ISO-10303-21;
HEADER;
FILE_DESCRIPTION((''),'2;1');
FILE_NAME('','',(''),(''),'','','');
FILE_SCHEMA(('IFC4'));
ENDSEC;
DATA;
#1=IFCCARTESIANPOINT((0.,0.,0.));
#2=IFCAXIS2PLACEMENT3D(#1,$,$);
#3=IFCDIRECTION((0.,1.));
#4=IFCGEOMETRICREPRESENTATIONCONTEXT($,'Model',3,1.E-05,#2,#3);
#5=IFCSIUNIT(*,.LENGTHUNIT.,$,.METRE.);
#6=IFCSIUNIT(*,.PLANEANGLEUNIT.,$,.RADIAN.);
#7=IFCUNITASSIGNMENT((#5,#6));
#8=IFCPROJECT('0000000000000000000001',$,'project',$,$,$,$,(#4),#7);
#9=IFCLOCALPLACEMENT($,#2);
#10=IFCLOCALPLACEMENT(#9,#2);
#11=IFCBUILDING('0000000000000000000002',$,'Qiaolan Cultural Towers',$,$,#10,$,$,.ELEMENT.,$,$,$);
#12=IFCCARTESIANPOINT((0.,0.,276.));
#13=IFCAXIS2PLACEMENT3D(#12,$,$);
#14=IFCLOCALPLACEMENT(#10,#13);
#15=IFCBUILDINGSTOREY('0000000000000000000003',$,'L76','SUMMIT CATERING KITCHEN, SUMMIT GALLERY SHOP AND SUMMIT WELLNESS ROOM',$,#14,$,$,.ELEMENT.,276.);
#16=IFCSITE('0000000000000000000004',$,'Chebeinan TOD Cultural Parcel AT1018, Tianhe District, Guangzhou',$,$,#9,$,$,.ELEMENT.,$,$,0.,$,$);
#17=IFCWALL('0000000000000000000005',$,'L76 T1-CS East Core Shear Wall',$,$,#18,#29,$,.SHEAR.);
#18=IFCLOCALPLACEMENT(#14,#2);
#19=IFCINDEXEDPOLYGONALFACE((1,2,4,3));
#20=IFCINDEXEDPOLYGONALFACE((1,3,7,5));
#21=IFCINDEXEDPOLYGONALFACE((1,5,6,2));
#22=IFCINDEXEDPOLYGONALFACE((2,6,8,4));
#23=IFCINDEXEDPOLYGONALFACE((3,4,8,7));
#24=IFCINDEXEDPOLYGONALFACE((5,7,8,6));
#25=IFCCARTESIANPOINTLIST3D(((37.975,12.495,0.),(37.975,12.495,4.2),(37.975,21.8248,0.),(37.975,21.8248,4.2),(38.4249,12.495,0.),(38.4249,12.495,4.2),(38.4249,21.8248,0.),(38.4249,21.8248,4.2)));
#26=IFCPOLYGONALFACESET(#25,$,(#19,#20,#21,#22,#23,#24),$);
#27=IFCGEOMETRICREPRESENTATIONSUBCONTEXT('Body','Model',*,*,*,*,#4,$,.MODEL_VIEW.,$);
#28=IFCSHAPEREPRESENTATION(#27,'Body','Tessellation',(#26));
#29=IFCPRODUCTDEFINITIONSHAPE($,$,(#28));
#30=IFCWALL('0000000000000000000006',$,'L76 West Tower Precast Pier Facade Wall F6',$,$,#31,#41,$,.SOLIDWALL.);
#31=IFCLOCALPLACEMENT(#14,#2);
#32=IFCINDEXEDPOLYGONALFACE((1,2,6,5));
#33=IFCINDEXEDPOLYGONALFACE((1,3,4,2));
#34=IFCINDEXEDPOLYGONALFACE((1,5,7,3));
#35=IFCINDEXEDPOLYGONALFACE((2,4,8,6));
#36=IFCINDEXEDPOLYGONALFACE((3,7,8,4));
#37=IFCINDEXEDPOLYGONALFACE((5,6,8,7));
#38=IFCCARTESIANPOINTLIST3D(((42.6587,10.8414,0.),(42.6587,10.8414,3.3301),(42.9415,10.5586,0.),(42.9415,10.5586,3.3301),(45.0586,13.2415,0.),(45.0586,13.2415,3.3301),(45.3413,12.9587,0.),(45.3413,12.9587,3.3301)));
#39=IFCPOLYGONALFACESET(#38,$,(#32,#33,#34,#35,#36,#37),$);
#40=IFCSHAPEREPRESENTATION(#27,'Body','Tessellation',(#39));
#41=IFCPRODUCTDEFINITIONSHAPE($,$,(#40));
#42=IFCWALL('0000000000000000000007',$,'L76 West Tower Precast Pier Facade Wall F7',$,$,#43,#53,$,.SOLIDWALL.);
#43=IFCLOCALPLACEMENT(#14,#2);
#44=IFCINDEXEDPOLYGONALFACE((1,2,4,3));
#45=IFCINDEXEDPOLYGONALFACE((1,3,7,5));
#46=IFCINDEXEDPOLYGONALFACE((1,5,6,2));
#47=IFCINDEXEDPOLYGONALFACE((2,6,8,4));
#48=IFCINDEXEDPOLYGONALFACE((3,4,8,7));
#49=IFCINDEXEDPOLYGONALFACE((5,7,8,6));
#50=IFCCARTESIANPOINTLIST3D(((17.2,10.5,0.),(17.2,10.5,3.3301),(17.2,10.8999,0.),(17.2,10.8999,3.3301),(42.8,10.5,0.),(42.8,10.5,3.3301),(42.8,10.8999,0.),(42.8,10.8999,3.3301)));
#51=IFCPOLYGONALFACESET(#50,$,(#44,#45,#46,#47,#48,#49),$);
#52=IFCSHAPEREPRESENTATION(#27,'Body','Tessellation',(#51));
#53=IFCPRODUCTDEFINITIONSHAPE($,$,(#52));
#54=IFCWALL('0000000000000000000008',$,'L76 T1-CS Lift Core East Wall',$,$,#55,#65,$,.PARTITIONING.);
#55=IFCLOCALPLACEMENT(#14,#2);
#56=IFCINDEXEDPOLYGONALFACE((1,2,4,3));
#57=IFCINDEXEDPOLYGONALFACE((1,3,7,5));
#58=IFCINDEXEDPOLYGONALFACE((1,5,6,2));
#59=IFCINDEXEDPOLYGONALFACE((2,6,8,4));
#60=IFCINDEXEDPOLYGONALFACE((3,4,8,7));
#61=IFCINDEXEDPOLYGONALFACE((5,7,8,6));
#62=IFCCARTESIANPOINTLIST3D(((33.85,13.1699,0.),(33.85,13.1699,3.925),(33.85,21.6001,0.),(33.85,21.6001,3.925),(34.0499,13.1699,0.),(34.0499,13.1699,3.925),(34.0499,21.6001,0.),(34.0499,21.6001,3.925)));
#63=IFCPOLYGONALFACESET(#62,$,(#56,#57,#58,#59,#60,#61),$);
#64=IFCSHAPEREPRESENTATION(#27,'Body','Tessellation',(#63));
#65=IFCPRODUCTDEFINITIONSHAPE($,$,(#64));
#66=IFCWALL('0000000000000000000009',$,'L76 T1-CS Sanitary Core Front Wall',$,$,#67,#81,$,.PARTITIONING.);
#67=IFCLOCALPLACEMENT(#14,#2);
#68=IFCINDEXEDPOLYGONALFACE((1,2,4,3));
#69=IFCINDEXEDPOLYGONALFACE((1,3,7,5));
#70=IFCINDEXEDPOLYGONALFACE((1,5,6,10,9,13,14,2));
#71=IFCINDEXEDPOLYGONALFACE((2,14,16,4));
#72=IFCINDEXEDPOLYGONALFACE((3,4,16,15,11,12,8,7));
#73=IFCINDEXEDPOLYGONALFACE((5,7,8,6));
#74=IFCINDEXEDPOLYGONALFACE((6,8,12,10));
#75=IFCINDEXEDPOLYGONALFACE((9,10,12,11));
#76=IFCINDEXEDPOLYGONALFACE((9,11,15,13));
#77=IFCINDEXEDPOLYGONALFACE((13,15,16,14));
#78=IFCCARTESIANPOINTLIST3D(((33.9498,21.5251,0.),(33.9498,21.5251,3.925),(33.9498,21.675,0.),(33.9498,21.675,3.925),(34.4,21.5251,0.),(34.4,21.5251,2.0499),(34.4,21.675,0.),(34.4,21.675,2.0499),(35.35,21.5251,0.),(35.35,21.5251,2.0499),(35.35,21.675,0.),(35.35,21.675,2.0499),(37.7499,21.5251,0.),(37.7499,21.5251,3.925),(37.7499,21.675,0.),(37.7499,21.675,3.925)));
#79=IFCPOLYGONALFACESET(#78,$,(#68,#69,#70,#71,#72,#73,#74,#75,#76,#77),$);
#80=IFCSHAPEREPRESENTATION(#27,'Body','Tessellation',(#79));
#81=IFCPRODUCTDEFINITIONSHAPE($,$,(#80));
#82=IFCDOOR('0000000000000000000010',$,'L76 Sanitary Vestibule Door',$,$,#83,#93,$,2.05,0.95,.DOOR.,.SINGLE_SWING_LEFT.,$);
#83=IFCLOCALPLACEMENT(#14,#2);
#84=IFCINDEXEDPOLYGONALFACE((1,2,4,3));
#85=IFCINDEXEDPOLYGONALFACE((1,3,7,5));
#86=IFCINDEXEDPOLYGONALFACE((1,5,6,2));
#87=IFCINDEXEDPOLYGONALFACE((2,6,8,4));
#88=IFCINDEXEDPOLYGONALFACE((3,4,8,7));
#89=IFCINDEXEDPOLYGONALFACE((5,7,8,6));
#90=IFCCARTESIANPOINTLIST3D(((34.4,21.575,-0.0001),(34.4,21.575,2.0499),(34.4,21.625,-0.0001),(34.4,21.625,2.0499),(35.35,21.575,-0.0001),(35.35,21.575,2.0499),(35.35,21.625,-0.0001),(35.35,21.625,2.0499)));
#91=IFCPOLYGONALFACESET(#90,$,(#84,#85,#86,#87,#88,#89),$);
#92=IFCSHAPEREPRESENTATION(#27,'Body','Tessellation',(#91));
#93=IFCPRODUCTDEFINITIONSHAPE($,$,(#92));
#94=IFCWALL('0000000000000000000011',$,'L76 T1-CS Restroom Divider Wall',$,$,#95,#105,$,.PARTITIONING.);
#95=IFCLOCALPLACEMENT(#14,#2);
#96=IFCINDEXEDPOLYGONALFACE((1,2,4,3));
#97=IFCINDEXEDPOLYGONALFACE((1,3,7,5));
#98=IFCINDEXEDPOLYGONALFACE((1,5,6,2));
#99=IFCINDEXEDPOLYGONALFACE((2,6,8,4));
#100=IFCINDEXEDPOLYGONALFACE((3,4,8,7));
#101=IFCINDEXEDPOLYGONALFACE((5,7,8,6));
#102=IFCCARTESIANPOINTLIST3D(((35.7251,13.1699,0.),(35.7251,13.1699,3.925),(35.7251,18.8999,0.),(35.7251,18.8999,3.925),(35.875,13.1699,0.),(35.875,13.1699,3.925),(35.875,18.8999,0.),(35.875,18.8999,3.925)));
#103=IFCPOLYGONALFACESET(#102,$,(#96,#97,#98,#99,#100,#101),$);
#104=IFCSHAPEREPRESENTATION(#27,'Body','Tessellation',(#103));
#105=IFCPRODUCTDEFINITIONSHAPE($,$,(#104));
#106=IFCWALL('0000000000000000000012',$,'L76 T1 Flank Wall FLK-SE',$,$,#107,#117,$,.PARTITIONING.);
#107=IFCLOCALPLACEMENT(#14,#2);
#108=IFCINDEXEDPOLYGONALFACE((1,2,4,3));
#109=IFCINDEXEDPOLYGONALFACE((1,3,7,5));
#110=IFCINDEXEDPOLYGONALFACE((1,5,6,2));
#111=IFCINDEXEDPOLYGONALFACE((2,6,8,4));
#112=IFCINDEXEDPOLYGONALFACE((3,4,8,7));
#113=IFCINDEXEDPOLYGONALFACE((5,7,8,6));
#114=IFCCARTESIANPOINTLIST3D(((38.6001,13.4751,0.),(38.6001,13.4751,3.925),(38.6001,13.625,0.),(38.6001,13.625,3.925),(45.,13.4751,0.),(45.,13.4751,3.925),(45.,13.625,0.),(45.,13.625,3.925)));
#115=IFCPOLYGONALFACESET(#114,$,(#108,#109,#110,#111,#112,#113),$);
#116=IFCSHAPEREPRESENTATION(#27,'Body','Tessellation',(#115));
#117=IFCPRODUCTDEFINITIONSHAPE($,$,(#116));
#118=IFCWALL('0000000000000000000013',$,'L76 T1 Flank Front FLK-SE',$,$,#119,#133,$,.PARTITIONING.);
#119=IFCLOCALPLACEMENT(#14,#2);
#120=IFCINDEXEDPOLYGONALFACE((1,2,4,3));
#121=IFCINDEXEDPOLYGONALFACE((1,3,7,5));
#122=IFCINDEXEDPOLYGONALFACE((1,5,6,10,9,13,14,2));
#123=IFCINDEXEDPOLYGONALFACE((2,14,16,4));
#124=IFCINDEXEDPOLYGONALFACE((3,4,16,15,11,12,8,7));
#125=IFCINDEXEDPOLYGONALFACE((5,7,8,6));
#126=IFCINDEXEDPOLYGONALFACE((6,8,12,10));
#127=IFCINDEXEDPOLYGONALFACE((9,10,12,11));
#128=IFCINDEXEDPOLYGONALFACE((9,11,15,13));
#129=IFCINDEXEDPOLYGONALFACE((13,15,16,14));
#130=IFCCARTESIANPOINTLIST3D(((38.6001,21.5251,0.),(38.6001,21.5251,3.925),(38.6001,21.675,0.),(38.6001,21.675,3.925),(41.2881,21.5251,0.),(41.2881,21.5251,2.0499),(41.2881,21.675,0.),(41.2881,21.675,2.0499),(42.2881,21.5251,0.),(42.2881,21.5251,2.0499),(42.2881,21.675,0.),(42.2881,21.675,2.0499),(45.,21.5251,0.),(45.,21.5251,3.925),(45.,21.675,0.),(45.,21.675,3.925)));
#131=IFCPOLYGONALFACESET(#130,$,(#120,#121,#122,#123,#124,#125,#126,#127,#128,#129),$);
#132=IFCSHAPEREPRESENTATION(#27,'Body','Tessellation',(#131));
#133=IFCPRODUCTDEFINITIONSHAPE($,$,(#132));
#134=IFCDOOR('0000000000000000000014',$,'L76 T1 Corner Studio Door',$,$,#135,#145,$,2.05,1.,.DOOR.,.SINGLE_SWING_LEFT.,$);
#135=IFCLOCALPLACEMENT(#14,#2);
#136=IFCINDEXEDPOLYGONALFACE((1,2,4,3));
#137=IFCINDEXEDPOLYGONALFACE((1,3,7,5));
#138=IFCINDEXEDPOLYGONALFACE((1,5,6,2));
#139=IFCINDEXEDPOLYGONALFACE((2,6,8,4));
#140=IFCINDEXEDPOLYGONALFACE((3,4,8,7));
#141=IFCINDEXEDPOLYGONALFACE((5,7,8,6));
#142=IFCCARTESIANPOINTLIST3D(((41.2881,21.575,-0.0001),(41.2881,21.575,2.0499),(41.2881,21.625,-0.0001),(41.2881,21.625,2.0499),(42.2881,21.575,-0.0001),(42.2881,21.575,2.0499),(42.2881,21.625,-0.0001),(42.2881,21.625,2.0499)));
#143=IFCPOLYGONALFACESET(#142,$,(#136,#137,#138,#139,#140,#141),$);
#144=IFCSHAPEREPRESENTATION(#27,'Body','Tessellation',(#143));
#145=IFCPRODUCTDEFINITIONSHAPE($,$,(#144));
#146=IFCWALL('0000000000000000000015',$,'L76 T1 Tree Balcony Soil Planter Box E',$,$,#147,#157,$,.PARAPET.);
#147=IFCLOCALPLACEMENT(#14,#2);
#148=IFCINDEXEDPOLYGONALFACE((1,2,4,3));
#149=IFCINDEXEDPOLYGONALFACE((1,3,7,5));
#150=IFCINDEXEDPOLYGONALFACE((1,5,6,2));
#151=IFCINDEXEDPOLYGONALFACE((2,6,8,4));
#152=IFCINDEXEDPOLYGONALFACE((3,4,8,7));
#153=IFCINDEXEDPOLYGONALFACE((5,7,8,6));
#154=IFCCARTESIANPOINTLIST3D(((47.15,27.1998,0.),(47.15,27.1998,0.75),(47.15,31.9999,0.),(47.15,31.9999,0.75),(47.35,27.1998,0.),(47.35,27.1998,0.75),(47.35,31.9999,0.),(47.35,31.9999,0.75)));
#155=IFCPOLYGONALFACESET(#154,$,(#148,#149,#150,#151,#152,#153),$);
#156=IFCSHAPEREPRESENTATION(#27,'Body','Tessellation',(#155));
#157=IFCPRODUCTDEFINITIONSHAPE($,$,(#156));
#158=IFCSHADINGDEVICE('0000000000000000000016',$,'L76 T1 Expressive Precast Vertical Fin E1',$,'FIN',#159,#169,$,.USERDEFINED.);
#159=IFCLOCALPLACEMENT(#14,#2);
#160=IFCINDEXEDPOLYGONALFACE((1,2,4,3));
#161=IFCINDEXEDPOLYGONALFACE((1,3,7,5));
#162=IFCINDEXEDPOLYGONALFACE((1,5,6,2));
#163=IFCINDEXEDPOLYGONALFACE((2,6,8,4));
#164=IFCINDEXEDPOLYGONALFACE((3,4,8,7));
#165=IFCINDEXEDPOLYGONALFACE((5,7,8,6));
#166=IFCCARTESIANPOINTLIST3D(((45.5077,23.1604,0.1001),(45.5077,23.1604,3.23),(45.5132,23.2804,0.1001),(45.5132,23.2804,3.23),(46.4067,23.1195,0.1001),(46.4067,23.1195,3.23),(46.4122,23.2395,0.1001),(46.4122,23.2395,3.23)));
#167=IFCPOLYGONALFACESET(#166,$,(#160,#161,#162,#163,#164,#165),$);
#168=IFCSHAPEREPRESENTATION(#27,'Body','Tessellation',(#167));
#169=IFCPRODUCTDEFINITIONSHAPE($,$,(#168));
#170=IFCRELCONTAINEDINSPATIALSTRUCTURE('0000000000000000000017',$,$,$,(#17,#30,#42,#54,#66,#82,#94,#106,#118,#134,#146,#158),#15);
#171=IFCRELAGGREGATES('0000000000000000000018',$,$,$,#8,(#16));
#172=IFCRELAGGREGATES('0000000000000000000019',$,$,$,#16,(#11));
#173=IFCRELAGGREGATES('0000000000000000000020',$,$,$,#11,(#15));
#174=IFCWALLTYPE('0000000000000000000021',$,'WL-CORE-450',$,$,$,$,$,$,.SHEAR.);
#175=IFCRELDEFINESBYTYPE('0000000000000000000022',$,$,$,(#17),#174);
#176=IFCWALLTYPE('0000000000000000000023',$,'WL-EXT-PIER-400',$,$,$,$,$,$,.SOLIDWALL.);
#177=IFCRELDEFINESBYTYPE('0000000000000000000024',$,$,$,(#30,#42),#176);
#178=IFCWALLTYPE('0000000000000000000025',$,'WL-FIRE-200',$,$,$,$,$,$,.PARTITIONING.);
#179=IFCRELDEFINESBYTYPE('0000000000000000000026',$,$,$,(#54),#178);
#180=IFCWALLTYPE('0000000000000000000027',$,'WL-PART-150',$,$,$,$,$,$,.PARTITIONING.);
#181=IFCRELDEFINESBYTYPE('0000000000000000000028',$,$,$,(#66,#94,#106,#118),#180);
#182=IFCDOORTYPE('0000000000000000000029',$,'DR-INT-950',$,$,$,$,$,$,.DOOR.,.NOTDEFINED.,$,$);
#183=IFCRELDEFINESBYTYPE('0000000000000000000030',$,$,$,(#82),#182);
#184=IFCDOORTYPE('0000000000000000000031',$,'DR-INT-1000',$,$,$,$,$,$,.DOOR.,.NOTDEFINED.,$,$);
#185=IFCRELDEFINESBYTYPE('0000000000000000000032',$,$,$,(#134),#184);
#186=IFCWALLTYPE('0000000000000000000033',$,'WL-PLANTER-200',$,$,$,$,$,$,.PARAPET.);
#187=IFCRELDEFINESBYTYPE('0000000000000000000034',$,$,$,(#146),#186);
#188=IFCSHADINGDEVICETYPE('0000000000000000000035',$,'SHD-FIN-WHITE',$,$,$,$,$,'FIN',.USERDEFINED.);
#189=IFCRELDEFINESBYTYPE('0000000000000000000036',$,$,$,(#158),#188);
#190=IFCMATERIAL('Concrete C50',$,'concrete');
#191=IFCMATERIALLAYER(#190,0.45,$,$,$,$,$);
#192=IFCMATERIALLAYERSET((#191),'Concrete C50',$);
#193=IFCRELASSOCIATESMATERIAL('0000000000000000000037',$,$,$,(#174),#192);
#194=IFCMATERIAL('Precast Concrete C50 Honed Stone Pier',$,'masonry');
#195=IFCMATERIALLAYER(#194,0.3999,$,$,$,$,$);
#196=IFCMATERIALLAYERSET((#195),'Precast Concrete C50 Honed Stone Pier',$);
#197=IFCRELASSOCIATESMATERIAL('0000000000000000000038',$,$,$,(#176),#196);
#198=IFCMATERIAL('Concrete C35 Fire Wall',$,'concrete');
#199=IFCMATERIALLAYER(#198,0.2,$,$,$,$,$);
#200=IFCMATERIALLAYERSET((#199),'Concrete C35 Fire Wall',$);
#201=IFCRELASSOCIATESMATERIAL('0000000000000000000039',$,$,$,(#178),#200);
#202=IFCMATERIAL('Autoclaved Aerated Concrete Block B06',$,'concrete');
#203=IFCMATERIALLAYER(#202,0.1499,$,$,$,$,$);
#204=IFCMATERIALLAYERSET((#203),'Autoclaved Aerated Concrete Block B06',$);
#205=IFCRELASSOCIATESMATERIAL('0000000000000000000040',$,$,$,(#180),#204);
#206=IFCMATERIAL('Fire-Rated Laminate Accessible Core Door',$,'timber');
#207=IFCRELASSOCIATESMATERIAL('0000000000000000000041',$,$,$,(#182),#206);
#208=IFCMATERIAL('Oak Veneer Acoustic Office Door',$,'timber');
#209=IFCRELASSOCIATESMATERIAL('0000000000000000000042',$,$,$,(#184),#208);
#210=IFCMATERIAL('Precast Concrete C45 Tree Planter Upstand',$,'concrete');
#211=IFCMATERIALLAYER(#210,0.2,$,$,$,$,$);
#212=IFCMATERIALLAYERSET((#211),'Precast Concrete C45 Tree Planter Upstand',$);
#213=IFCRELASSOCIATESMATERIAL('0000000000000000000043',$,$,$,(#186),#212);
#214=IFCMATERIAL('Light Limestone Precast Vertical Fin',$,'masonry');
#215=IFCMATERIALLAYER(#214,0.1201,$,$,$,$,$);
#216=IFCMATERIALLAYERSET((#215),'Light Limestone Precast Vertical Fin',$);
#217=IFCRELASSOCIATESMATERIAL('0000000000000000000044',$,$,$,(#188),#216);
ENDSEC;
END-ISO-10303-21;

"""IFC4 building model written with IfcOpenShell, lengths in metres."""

from ifc_helpers import new_model, si_unit, direction, frame, frame_2d, origin, origin_2d, place, context, subcontext, project, spatial, rectangle, extrude, material, layer, layer_set, type_object, element, fill, save


model = new_model("IFC4")

# Units and contexts
model_context = context("Model", 3, precision=1e-05, world=origin(), true_north=direction((0.0, 1.0)))
body_context = subcontext(model_context, "Body", "Model", "MODEL_VIEW")
ifc_project = project(units=[si_unit("LENGTHUNIT", "METRE"), si_unit("PLANEANGLEUNIT", "RADIAN")], contexts=[model_context])

# Site, building, storey
site_placement = place(None, origin())
site = spatial("IfcSite", under=ifc_project, at=site_placement, Name="Chebeinan TOD Cultural Parcel AT1018, Tianhe District, Guangzhou", CompositionType="ELEMENT", RefElevation=0.0)
building_placement = place(site_placement, origin())
building = spatial("IfcBuilding", under=site, at=building_placement, Name="Qiaolan Cultural Towers", CompositionType="ELEMENT")
storey_placement = place(building_placement, frame((0.0, 0.0, 276.0)))
storey = spatial("IfcBuildingStorey", under=building, at=storey_placement, Name="L76", Description="SUMMIT CATERING KITCHEN, SUMMIT GALLERY SHOP AND SUMMIT WELLNESS ROOM", CompositionType="ELEMENT", Elevation=276.0)

# Walls
ifc_material_1 = material(Name="Concrete C50", Category="concrete")
ifc_layer_1 = layer(ifc_material_1, 0.45)
ifc_layer_set_1 = layer_set([ifc_layer_1], Name="Concrete C50")
wall_type_1 = type_object("IfcWallType", Name="WL-CORE-450", PredefinedType="SHEAR", material=ifc_layer_set_1)
wall_1_placement = place(storey_placement, frame((38.2, 21.825, 0.0), z_axis=(0.0, 0.0, 1.0), x_axis=(0.0, -1.0, 0.0)))
element("IfcWall", 1, at=wall_1_placement, inside=storey, type_object=wall_type_1, Name="L76 T1-CS East Core Shear Wall", PredefinedType="SHEAR", context=body_context, shape_type="SweptSolid", body=[
    extrude(rectangle(XDim=9.3298, YDim=0.45, at=frame_2d((4.665, 0.0))), origin(), (0.0, 0.0, 1.0), 4.2),
])
ifc_material_2 = material(Name="Precast Concrete C50 Honed Stone Pier", Category="masonry")
ifc_layer_2 = layer(ifc_material_2, 0.3999)
ifc_layer_set_2 = layer_set([ifc_layer_2], Name="Precast Concrete C50 Honed Stone Pier")
wall_type_2 = type_object("IfcWallType", Name="WL-EXT-PIER-400", PredefinedType="SOLIDWALL", material=ifc_layer_set_2)
wall_2_placement = place(storey_placement, frame((45.2, 13.1001, 0.0), z_axis=(0.0, 0.0, 1.0), x_axis=(-0.707071, -0.707143, 0.0)))
element("IfcWall", 2, at=wall_2_placement, inside=storey, type_object=wall_type_2, Name="L76 West Tower Precast Pier Facade Wall F6", PredefinedType="SOLIDWALL", context=body_context, shape_type="SweptSolid", body=[
    extrude(rectangle(XDim=3.394, YDim=0.3999, at=frame_2d((1.697, 0.0))), origin(), (0.0, 0.0, 1.0), 3.3301),
])
wall_3_placement = place(storey_placement, frame((42.8, 10.7, 0.0), z_axis=(0.0, 0.0, 1.0), x_axis=(-1.0, 0.0, 0.0)))
element("IfcWall", 3, at=wall_3_placement, inside=storey, type_object=wall_type_2, Name="L76 West Tower Precast Pier Facade Wall F7", PredefinedType="SOLIDWALL", context=body_context, shape_type="SweptSolid", body=[
    extrude(rectangle(XDim=25.6001, YDim=0.3999, at=frame_2d((12.8, 0.0))), origin(), (0.0, 0.0, 1.0), 3.3301),
])
ifc_material_3 = material(Name="Concrete C35 Fire Wall", Category="concrete")
ifc_layer_3 = layer(ifc_material_3, 0.2)
ifc_layer_set_3 = layer_set([ifc_layer_3], Name="Concrete C35 Fire Wall")
wall_type_3 = type_object("IfcWallType", Name="WL-FIRE-200", PredefinedType="PARTITIONING", material=ifc_layer_set_3)
wall_4_placement = place(storey_placement, frame((33.95, 21.6001, 0.0), z_axis=(0.0, 0.0, 1.0), x_axis=(0.0, -1.0, 0.0)))
element("IfcWall", 4, at=wall_4_placement, inside=storey, type_object=wall_type_3, Name="L76 T1-CS Lift Core East Wall", PredefinedType="PARTITIONING", context=body_context, shape_type="SweptSolid", body=[
    extrude(rectangle(XDim=8.4302, YDim=0.2, at=frame_2d((4.2151, 0.0))), origin(), (0.0, 0.0, 1.0), 3.925),
])

# Wall, opening, door
ifc_material_4 = material(Name="Autoclaved Aerated Concrete Block B06", Category="concrete")
ifc_layer_4 = layer(ifc_material_4, 0.1499)
ifc_layer_set_4 = layer_set([ifc_layer_4], Name="Autoclaved Aerated Concrete Block B06")
wall_type_4 = type_object("IfcWallType", Name="WL-PART-150", PredefinedType="PARTITIONING", material=ifc_layer_set_4)
wall_5_placement = place(storey_placement, frame((33.95, 21.6001, 0.0), z_axis=(0.0, 0.0, 1.0), x_axis=(1.0, 0.0, 0.0)))
wall_5 = element("IfcWall", 5, at=wall_5_placement, inside=storey, type_object=wall_type_4, Name="L76 T1-CS Sanitary Core Front Wall", PredefinedType="PARTITIONING", context=body_context, shape_type="SweptSolid", body=[
    extrude(rectangle(XDim=3.8, YDim=0.1499, at=frame_2d((1.8999, 0.0))), origin(), (0.0, 0.0, 1.0), 3.925),
])
opening_1_placement = place(wall_5_placement, frame((0.45, 0.0, 0.0)))
opening_1 = element("IfcOpeningElement", 6, at=opening_1_placement, cuts=wall_5, PredefinedType="OPENING", context=body_context, shape_type="SweptSolid", body=[
    extrude(rectangle(XDim=0.95, YDim=2.05, at=frame_2d((0.4751, 1.0249))), frame((0.0, 0.085, 0.0), z_axis=(0.0, -1.0, 0.0), x_axis=(1.0, 0.0, 0.0)), (0.0, 0.0, 1.0), 0.1699),
])
ifc_material_5 = material(Name="Fire-Rated Laminate Accessible Core Door", Category="timber")
door_type_1 = type_object("IfcDoorType", Name="DR-INT-950", OperationType="NOTDEFINED", PredefinedType="DOOR", material=ifc_material_5)
door_1_placement = place(opening_1_placement, origin())
door_1 = element("IfcDoor", 7, at=door_1_placement, inside=storey, type_object=door_type_1, Name="L76 Sanitary Vestibule Door", OperationType="SINGLE_SWING_LEFT", OverallHeight=2.05, OverallWidth=0.95, PredefinedType="DOOR", context=body_context, shape_type="SweptSolid", body=[
    extrude(rectangle(XDim=0.95, YDim=2.05, at=frame_2d((0.4751, 1.0249))), frame((0.0, 0.0249, 0.0), z_axis=(0.0, -1.0, 0.0), x_axis=(1.0, 0.0, 0.0)), (0.0, 0.0, 1.0), 0.05),
])
fill(opening_1, door_1)

# Walls
wall_6_placement = place(storey_placement, frame((35.8, 18.8999, 0.0), z_axis=(0.0, 0.0, 1.0), x_axis=(0.0, -1.0, 0.0)))
element("IfcWall", 8, at=wall_6_placement, inside=storey, type_object=wall_type_4, Name="L76 T1-CS Restroom Divider Wall", PredefinedType="PARTITIONING", context=body_context, shape_type="SweptSolid", body=[
    extrude(rectangle(XDim=5.73, YDim=0.1499, at=frame_2d((2.865, 0.0))), origin(), (0.0, 0.0, 1.0), 3.925),
])
wall_7_placement = place(storey_placement, frame((38.6001, 13.55, 0.0), z_axis=(0.0, 0.0, 1.0), x_axis=(1.0, 0.0, 0.0)))
element("IfcWall", 9, at=wall_7_placement, inside=storey, type_object=wall_type_4, Name="L76 T1 Flank Wall FLK-SE", PredefinedType="PARTITIONING", context=body_context, shape_type="SweptSolid", body=[
    extrude(rectangle(XDim=6.3999, YDim=0.1499, at=frame_2d((3.2, 0.0))), origin(), (0.0, 0.0, 1.0), 3.925),
])

# Wall, opening, door
wall_8_placement = place(storey_placement, frame((38.6001, 21.6001, 0.0), z_axis=(0.0, 0.0, 1.0), x_axis=(1.0, 0.0, 0.0)))
wall_8 = element("IfcWall", 10, at=wall_8_placement, inside=storey, type_object=wall_type_4, Name="L76 T1 Flank Front FLK-SE", PredefinedType="PARTITIONING", context=body_context, shape_type="SweptSolid", body=[
    extrude(rectangle(XDim=6.3999, YDim=0.1499, at=frame_2d((3.2, 0.0))), origin(), (0.0, 0.0, 1.0), 3.925),
])
opening_2_placement = place(wall_8_placement, frame((2.688, 0.0, 0.0)))
opening_2 = element("IfcOpeningElement", 11, at=opening_2_placement, cuts=wall_8, PredefinedType="OPENING", context=body_context, shape_type="SweptSolid", body=[
    extrude(rectangle(XDim=1.0, YDim=2.05, at=frame_2d((0.5, 1.0249))), frame((0.0, 0.085, 0.0), z_axis=(0.0, -1.0, 0.0), x_axis=(1.0, 0.0, 0.0)), (0.0, 0.0, 1.0), 0.1699),
])
ifc_material_6 = material(Name="Oak Veneer Acoustic Office Door", Category="timber")
door_type_2 = type_object("IfcDoorType", Name="DR-INT-1000", OperationType="NOTDEFINED", PredefinedType="DOOR", material=ifc_material_6)
door_2_placement = place(opening_2_placement, origin())
door_2 = element("IfcDoor", 12, at=door_2_placement, inside=storey, type_object=door_type_2, Name="L76 T1 Corner Studio Door", OperationType="SINGLE_SWING_LEFT", OverallHeight=2.05, OverallWidth=1.0, PredefinedType="DOOR", context=body_context, shape_type="SweptSolid", body=[
    extrude(rectangle(XDim=1.0, YDim=2.05, at=frame_2d((0.5, 1.0249))), frame((0.0, 0.0249, 0.0), z_axis=(0.0, -1.0, 0.0), x_axis=(1.0, 0.0, 0.0)), (0.0, 0.0, 1.0), 0.05),
])
fill(opening_2, door_2)

# Wall
ifc_material_7 = material(Name="Precast Concrete C45 Tree Planter Upstand", Category="concrete")
ifc_layer_5 = layer(ifc_material_7, 0.2)
ifc_layer_set_5 = layer_set([ifc_layer_5], Name="Precast Concrete C45 Tree Planter Upstand")
wall_type_5 = type_object("IfcWallType", Name="WL-PLANTER-200", PredefinedType="PARAPET", material=ifc_layer_set_5)
wall_9_placement = place(storey_placement, frame((47.25, 27.2, 0.0), z_axis=(0.0, 0.0, 1.0), x_axis=(0.0, 1.0, 0.0)))
element("IfcWall", 13, at=wall_9_placement, inside=storey, type_object=wall_type_5, Name="L76 T1 Tree Balcony Soil Planter Box E", PredefinedType="PARAPET", context=body_context, shape_type="SweptSolid", body=[
    extrude(rectangle(XDim=4.8, YDim=0.2, at=frame_2d((2.3999, 0.0))), origin(), (0.0, 0.0, 1.0), 0.75),
])

# Shading device
ifc_material_8 = material(Name="Light Limestone Precast Vertical Fin", Category="masonry")
ifc_layer_6 = layer(ifc_material_8, 0.1201)
ifc_layer_set_6 = layer_set([ifc_layer_6], Name="Light Limestone Precast Vertical Fin")
shading_device_type = type_object("IfcShadingDeviceType", Name="SHD-FIN-WHITE", ElementType="FIN", PredefinedType="USERDEFINED", material=ifc_layer_set_6)
shading_device_placement = place(storey_placement, frame((45.96, 23.2, 0.1001), z_axis=(0.0, 0.0, 1.0), x_axis=(0.998967, -0.045445, 0.0)))
element("IfcShadingDevice", 14, at=shading_device_placement, inside=storey, type_object=shading_device_type, Name="L76 T1 Expressive Precast Vertical Fin E1", ObjectType="FIN", PredefinedType="USERDEFINED", context=body_context, shape_type="SweptSolid", body=[
    extrude(rectangle(XDim=0.8999, YDim=0.1201, at=origin_2d()), origin(), (0.0, 0.0, 1.0), 3.1299),
])

save(model, "model.ifc")
